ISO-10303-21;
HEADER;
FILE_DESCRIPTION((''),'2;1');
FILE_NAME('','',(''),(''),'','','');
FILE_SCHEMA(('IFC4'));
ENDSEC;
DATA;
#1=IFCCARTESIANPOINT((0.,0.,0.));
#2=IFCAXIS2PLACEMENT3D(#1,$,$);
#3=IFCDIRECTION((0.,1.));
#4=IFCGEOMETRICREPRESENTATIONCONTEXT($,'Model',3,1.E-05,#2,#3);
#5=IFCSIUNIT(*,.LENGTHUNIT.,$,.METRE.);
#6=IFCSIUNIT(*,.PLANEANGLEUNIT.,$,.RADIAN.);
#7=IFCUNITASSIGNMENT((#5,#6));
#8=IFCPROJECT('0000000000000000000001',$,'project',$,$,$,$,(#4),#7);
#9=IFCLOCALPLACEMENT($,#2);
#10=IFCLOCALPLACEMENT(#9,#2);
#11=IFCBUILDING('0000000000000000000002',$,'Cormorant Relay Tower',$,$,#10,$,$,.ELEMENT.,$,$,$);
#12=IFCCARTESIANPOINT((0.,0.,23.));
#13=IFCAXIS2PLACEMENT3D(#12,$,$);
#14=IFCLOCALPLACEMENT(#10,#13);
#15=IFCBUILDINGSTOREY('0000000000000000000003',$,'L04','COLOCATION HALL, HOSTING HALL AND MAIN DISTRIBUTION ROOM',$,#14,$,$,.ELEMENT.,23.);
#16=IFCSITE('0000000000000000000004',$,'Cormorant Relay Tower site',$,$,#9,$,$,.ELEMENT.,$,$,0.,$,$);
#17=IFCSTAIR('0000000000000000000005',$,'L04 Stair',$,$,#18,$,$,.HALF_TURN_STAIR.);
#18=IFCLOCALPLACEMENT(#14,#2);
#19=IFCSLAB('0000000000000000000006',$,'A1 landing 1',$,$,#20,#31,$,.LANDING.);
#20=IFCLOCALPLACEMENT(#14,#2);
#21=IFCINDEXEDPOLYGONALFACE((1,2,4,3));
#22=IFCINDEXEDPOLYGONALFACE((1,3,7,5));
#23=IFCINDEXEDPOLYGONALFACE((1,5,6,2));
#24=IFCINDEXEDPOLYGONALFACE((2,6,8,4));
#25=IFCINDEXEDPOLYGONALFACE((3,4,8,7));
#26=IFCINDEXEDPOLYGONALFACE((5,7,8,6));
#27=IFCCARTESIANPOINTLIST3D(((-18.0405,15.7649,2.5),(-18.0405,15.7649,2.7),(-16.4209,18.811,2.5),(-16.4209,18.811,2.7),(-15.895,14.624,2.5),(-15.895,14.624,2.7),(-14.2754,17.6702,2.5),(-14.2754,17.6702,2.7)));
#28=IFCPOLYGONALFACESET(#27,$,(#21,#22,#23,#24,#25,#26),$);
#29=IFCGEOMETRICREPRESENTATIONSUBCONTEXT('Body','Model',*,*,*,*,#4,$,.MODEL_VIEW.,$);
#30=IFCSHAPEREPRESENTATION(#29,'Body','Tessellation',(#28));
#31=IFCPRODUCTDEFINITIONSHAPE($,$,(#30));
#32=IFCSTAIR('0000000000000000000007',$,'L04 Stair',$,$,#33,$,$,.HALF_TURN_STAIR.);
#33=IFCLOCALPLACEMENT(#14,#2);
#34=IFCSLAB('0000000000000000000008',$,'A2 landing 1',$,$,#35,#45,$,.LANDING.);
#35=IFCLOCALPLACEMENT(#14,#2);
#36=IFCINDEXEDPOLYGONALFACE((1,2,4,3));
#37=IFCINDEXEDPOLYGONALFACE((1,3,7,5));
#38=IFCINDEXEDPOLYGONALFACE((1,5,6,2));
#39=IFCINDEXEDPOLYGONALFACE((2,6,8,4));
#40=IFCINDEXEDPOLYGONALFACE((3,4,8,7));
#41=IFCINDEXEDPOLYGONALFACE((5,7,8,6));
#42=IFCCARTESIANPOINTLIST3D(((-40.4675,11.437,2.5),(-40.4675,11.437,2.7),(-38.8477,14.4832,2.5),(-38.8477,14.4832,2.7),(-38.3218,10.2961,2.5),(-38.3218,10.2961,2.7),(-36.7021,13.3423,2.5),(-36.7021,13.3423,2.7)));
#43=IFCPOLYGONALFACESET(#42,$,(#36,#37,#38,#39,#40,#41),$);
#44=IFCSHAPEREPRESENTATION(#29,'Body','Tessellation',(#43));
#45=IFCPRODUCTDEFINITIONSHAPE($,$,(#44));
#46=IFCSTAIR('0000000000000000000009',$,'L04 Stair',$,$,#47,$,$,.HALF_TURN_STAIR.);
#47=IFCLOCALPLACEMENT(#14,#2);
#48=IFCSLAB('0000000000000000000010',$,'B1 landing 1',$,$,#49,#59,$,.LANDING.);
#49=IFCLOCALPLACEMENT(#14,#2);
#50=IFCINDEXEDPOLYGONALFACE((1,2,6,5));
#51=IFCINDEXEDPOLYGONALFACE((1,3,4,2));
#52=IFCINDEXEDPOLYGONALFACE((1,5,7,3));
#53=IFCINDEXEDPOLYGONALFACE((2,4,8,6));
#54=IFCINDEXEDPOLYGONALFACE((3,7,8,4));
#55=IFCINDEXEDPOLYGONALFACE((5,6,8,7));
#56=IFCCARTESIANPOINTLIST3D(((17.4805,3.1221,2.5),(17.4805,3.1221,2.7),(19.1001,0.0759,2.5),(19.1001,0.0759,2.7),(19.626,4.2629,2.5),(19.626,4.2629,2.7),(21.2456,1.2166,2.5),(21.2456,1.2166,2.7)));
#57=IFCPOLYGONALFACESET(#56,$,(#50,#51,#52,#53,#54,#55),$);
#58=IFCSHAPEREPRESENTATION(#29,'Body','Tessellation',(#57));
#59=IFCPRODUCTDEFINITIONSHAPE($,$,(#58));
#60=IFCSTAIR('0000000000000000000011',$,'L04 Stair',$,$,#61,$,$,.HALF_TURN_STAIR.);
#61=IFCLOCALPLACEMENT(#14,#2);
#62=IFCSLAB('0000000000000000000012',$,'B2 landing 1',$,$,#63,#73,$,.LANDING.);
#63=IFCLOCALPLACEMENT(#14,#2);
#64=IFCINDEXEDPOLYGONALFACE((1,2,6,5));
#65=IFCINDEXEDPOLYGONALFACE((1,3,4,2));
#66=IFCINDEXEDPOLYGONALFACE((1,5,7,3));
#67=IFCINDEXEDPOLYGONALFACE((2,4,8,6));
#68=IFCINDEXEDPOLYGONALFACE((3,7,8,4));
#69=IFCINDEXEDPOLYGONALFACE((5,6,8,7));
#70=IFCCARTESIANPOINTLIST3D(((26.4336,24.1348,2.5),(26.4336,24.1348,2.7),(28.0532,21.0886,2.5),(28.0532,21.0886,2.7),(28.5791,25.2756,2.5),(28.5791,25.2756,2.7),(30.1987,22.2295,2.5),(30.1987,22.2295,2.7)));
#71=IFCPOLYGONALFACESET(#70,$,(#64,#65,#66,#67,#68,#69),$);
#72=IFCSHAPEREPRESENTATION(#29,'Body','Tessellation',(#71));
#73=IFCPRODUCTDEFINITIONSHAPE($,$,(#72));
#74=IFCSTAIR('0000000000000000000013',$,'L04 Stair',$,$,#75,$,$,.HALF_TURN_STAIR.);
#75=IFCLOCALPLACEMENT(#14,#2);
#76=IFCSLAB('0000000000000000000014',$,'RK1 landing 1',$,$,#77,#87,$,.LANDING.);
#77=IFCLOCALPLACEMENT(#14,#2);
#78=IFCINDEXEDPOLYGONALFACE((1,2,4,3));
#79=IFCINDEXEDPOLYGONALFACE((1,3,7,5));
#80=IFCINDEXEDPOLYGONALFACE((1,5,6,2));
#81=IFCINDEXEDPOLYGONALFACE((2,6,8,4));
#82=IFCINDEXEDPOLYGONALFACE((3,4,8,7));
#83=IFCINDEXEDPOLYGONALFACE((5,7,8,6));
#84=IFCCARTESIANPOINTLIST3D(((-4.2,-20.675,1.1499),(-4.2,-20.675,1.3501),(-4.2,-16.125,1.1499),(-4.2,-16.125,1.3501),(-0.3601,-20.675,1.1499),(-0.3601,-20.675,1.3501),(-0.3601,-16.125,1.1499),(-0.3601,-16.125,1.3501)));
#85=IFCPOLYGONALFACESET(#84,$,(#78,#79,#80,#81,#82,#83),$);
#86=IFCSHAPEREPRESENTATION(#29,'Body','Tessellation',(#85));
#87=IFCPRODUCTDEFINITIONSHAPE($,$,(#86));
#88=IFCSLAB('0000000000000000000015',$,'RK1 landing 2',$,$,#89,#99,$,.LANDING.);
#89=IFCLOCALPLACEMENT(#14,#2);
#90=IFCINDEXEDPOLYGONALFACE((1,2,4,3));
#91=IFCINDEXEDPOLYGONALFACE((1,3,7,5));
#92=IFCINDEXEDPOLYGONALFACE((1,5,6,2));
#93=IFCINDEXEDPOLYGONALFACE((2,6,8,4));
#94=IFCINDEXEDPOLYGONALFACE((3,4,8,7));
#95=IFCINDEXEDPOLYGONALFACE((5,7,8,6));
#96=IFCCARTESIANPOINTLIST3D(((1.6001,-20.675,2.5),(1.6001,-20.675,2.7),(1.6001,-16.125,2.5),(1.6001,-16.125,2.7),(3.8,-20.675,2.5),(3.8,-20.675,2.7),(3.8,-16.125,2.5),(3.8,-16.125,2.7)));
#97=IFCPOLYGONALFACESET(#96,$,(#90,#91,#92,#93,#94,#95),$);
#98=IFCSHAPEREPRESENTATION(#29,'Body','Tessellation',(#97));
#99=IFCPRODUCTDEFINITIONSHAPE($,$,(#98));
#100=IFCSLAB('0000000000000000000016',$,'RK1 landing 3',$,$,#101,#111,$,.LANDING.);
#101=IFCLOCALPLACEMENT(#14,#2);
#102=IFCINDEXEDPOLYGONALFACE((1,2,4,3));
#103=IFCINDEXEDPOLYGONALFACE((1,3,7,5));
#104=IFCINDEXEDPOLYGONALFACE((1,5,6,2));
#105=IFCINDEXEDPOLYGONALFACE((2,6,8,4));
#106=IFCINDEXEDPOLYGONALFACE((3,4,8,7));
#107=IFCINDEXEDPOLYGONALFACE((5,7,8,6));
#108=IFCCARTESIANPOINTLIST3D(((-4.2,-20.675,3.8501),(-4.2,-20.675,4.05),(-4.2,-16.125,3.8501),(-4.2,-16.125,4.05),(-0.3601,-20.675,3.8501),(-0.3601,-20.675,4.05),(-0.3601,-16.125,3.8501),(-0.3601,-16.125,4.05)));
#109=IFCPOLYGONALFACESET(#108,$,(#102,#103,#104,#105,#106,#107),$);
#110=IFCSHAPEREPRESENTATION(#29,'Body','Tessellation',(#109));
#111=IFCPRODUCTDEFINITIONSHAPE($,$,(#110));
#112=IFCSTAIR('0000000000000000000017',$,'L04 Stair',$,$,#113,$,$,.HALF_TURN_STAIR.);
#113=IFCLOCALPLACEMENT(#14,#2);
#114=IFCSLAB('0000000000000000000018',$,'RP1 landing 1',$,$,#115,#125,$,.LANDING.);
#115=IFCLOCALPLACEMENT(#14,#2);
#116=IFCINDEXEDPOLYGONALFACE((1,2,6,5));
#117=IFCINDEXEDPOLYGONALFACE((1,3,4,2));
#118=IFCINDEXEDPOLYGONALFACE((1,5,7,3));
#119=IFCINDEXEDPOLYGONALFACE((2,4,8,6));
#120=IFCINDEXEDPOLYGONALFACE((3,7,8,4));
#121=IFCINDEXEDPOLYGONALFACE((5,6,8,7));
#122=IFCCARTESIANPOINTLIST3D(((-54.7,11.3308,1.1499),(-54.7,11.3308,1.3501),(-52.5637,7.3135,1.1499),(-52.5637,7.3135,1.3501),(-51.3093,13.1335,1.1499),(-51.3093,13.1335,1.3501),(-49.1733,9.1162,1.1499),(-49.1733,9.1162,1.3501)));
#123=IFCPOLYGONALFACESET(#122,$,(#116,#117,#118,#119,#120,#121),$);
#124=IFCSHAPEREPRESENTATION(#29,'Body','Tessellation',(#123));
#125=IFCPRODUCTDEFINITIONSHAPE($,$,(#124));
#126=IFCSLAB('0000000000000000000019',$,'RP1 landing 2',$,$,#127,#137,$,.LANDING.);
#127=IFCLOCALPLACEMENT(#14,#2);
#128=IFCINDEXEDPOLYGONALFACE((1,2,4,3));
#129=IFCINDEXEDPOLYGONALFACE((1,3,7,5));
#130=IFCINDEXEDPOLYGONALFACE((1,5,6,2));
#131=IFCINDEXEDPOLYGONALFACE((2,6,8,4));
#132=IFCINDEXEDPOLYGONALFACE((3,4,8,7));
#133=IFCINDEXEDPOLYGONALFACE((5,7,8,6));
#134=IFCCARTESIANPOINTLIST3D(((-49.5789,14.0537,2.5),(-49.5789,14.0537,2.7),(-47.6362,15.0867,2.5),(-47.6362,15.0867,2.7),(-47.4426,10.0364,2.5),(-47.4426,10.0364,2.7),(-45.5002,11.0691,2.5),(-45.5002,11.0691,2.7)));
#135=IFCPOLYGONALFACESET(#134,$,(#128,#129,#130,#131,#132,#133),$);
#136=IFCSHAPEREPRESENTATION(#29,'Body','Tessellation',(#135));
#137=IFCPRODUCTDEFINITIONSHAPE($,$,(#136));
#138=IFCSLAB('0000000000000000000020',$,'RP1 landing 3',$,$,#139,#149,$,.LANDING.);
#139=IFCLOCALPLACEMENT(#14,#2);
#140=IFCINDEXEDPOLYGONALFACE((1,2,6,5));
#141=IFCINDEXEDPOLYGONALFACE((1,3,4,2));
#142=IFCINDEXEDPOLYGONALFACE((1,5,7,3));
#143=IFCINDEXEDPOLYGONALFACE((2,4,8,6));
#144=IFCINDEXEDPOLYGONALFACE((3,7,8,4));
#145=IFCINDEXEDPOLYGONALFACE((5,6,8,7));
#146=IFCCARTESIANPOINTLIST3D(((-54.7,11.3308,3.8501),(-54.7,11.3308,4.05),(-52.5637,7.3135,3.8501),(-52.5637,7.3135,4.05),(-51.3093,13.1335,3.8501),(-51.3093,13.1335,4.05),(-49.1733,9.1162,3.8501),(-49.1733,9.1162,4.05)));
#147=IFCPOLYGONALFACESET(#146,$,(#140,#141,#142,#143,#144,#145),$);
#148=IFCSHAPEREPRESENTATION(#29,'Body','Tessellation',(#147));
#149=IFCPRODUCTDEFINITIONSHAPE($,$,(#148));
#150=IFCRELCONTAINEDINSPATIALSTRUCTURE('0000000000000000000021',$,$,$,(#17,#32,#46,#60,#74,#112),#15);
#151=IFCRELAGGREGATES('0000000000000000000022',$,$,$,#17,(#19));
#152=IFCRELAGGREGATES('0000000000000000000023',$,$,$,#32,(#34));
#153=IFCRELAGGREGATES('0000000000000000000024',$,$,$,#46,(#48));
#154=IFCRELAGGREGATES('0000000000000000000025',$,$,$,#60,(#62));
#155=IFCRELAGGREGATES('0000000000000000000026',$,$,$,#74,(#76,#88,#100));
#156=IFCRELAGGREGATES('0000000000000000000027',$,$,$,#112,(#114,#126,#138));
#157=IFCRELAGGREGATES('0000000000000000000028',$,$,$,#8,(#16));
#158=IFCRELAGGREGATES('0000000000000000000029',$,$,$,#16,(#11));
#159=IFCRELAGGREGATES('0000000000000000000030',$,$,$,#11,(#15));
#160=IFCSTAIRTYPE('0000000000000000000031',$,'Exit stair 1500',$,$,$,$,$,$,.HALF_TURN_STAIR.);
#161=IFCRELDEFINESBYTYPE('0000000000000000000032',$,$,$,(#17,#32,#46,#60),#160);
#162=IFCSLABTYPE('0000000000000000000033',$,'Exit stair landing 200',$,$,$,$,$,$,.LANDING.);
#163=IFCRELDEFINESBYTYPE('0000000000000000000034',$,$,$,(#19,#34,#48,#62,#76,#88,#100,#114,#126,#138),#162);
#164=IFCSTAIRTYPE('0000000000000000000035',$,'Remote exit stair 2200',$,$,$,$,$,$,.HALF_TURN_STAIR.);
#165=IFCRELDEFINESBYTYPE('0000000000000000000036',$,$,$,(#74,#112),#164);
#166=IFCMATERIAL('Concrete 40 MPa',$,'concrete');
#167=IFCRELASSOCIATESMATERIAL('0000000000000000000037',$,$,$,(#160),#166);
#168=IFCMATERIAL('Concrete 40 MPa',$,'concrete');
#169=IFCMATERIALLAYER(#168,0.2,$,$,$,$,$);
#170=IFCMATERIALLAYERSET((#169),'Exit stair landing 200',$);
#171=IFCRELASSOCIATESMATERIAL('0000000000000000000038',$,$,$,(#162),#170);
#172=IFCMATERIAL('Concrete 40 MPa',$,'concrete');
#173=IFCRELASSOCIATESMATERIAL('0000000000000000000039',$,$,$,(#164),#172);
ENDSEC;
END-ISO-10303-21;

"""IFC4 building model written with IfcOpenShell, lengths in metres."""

from ifc_helpers import new_model, si_unit, direction, frame, origin, place, context, subcontext, project, spatial, polyline, outline, extrude, material, layer, layer_set, type_object, element, aggregate, save


model = new_model("IFC4")

# Units and contexts
model_context = context("Model", 3, precision=1e-05, world=origin(), true_north=direction((0.0, 1.0)))
body_context = subcontext(model_context, "Body", "Model", "MODEL_VIEW")
ifc_project = project(units=[si_unit("LENGTHUNIT", "METRE"), si_unit("PLANEANGLEUNIT", "RADIAN")], contexts=[model_context])

# Site, building, storey
site_placement = place(None, origin())
site = spatial("IfcSite", under=ifc_project, at=site_placement, Name="Cormorant Relay Tower site", CompositionType="ELEMENT", RefElevation=0.0)
building_placement = place(site_placement, origin())
building = spatial("IfcBuilding", under=site, at=building_placement, Name="Cormorant Relay Tower", CompositionType="ELEMENT")
storey_placement = place(building_placement, frame((0.0, 0.0, 23.0)))
storey = spatial("IfcBuildingStorey", under=building, at=storey_placement, Name="L04", Description="COLOCATION HALL, HOSTING HALL AND MAIN DISTRIBUTION ROOM", CompositionType="ELEMENT", Elevation=23.0)

# Stairs, slabs
ifc_material_1 = material(Name="Concrete 40 MPa", Category="concrete")
stair_type_1 = type_object("IfcStairType", Name="Exit stair 1500", PredefinedType="HALF_TURN_STAIR", material=ifc_material_1)
stair_1_placement = place(storey_placement, origin())
stair_1 = element("IfcStair", 1, at=stair_1_placement, inside=storey, type_object=stair_type_1, Name="L04 Stair", PredefinedType="HALF_TURN_STAIR")
ifc_material_2 = material(Name="Concrete 40 MPa", Category="concrete")
ifc_layer_1 = layer(ifc_material_2, 0.2)
ifc_layer_set_1 = layer_set([ifc_layer_1], Name="Exit stair landing 200")
slab_type_1 = type_object("IfcSlabType", Name="Exit stair landing 200", PredefinedType="LANDING", material=ifc_layer_set_1)
slab_1_placement = place(storey_placement, frame((0.0, 0.0, 2.5)))
slab_1 = element("IfcSlab", 2, at=slab_1_placement, type_object=slab_type_1, Name="A1 landing 1", PredefinedType="LANDING", context=body_context, shape_type="SweptSolid", body=[
    extrude(outline(polyline([(-18.0405, 15.7649), (-15.895, 14.624), (-14.2754, 17.6702), (-16.4209, 18.811), (-18.0405, 15.7649)])), origin(), (0.0, 0.0, 1.0), 0.2),
])
aggregate(stair_1, [slab_1])
stair_2_placement = place(storey_placement, origin())
stair_2 = element("IfcStair", 3, at=stair_2_placement, inside=storey, type_object=stair_type_1, Name="L04 Stair", PredefinedType="HALF_TURN_STAIR")
slab_2_placement = place(storey_placement, frame((0.0, 0.0, 2.5)))
slab_2 = element("IfcSlab", 4, at=slab_2_placement, type_object=slab_type_1, Name="A2 landing 1", PredefinedType="LANDING", context=body_context, shape_type="SweptSolid", body=[
    extrude(outline(polyline([(-36.7021, 13.3423), (-38.8477, 14.4832), (-40.4675, 11.437), (-38.3218, 10.2961), (-36.7021, 13.3423)])), origin(), (0.0, 0.0, 1.0), 0.2),
])
aggregate(stair_2, [slab_2])
stair_3_placement = place(storey_placement, origin())
stair_3 = element("IfcStair", 5, at=stair_3_placement, inside=storey, type_object=stair_type_1, Name="L04 Stair", PredefinedType="HALF_TURN_STAIR")
slab_3_placement = place(storey_placement, frame((0.0, 0.0, 2.5)))
slab_3 = element("IfcSlab", 6, at=slab_3_placement, type_object=slab_type_1, Name="B1 landing 1", PredefinedType="LANDING", context=body_context, shape_type="SweptSolid", body=[
    extrude(outline(polyline([(19.626, 4.2629), (17.4805, 3.1221), (19.1001, 0.0759), (21.2456, 1.2166), (19.626, 4.2629)])), origin(), (0.0, 0.0, 1.0), 0.2),
])
aggregate(stair_3, [slab_3])
stair_4_placement = place(storey_placement, origin())
stair_4 = element("IfcStair", 7, at=stair_4_placement, inside=storey, type_object=stair_type_1, Name="L04 Stair", PredefinedType="HALF_TURN_STAIR")
slab_4_placement = place(storey_placement, frame((0.0, 0.0, 2.5)))
slab_4 = element("IfcSlab", 8, at=slab_4_placement, type_object=slab_type_1, Name="B2 landing 1", PredefinedType="LANDING", context=body_context, shape_type="SweptSolid", body=[
    extrude(outline(polyline([(28.0532, 21.0886), (30.1987, 22.2295), (28.5791, 25.2756), (26.4336, 24.1348), (28.0532, 21.0886)])), origin(), (0.0, 0.0, 1.0), 0.2),
])
aggregate(stair_4, [slab_4])

# Stairs, slabs
ifc_material_3 = material(Name="Concrete 40 MPa", Category="concrete")
stair_type_2 = type_object("IfcStairType", Name="Remote exit stair 2200", PredefinedType="HALF_TURN_STAIR", material=ifc_material_3)
stair_5_placement = place(storey_placement, origin())
stair_5 = element("IfcStair", 9, at=stair_5_placement, inside=storey, type_object=stair_type_2, Name="L04 Stair", PredefinedType="HALF_TURN_STAIR")
slab_5_placement = place(storey_placement, frame((0.0, 0.0, 1.1499)))
slab_5 = element("IfcSlab", 10, at=slab_5_placement, type_object=slab_type_1, Name="RK1 landing 1", PredefinedType="LANDING", context=body_context, shape_type="SweptSolid", body=[
    extrude(outline(polyline([(-0.3601, -16.125), (-4.2, -16.125), (-4.2, -20.675), (-0.3601, -20.675), (-0.3601, -16.125)])), origin(), (0.0, 0.0, 1.0), 0.2002),
])
slab_6_placement = place(storey_placement, frame((0.0, 0.0, 2.5)))
slab_6 = element("IfcSlab", 11, at=slab_6_placement, type_object=slab_type_1, Name="RK1 landing 2", PredefinedType="LANDING", context=body_context, shape_type="SweptSolid", body=[
    extrude(outline(polyline([(3.8, -16.125), (1.6001, -16.125), (1.6001, -20.675), (3.8, -20.675), (3.8, -16.125)])), origin(), (0.0, 0.0, 1.0), 0.2),
])
slab_7_placement = place(storey_placement, frame((0.0, 0.0, 3.8501)))
slab_7 = element("IfcSlab", 12, at=slab_7_placement, type_object=slab_type_1, Name="RK1 landing 3", PredefinedType="LANDING", context=body_context, shape_type="SweptSolid", body=[
    extrude(outline(polyline([(-0.3601, -16.125), (-4.2, -16.125), (-4.2, -20.675), (-0.3601, -20.675), (-0.3601, -16.125)])), origin(), (0.0, 0.0, 1.0), 0.2),
])
aggregate(stair_5, [slab_5, slab_6, slab_7])
stair_6_placement = place(storey_placement, origin())
stair_6 = element("IfcStair", 13, at=stair_6_placement, inside=storey, type_object=stair_type_2, Name="L04 Stair", PredefinedType="HALF_TURN_STAIR")
slab_8_placement = place(storey_placement, frame((0.0, 0.0, 1.1499)))
slab_8 = element("IfcSlab", 14, at=slab_8_placement, type_object=slab_type_1, Name="RP1 landing 1", PredefinedType="LANDING", context=body_context, shape_type="SweptSolid", body=[
    extrude(outline(polyline([(-51.3093, 13.1335), (-54.7, 11.3308), (-52.5637, 7.3135), (-49.1733, 9.1162), (-51.3093, 13.1335)])), origin(), (0.0, 0.0, 1.0), 0.2002),
])
slab_9_placement = place(storey_placement, frame((0.0, 0.0, 2.5)))
slab_9 = element("IfcSlab", 15, at=slab_9_placement, type_object=slab_type_1, Name="RP1 landing 2", PredefinedType="LANDING", context=body_context, shape_type="SweptSolid", body=[
    extrude(outline(polyline([(-47.6362, 15.0867), (-49.5789, 14.0537), (-47.4426, 10.0364), (-45.5002, 11.0691), (-47.6362, 15.0867)])), origin(), (0.0, 0.0, 1.0), 0.2),
])
slab_10_placement = place(storey_placement, frame((0.0, 0.0, 3.8501)))
slab_10 = element("IfcSlab", 16, at=slab_10_placement, type_object=slab_type_1, Name="RP1 landing 3", PredefinedType="LANDING", context=body_context, shape_type="SweptSolid", body=[
    extrude(outline(polyline([(-51.3093, 13.1335), (-54.7, 11.3308), (-52.5637, 7.3135), (-49.1733, 9.1162), (-51.3093, 13.1335)])), origin(), (0.0, 0.0, 1.0), 0.2),
])
aggregate(stair_6, [slab_8, slab_9, slab_10])

save(model, "model.ifc")
